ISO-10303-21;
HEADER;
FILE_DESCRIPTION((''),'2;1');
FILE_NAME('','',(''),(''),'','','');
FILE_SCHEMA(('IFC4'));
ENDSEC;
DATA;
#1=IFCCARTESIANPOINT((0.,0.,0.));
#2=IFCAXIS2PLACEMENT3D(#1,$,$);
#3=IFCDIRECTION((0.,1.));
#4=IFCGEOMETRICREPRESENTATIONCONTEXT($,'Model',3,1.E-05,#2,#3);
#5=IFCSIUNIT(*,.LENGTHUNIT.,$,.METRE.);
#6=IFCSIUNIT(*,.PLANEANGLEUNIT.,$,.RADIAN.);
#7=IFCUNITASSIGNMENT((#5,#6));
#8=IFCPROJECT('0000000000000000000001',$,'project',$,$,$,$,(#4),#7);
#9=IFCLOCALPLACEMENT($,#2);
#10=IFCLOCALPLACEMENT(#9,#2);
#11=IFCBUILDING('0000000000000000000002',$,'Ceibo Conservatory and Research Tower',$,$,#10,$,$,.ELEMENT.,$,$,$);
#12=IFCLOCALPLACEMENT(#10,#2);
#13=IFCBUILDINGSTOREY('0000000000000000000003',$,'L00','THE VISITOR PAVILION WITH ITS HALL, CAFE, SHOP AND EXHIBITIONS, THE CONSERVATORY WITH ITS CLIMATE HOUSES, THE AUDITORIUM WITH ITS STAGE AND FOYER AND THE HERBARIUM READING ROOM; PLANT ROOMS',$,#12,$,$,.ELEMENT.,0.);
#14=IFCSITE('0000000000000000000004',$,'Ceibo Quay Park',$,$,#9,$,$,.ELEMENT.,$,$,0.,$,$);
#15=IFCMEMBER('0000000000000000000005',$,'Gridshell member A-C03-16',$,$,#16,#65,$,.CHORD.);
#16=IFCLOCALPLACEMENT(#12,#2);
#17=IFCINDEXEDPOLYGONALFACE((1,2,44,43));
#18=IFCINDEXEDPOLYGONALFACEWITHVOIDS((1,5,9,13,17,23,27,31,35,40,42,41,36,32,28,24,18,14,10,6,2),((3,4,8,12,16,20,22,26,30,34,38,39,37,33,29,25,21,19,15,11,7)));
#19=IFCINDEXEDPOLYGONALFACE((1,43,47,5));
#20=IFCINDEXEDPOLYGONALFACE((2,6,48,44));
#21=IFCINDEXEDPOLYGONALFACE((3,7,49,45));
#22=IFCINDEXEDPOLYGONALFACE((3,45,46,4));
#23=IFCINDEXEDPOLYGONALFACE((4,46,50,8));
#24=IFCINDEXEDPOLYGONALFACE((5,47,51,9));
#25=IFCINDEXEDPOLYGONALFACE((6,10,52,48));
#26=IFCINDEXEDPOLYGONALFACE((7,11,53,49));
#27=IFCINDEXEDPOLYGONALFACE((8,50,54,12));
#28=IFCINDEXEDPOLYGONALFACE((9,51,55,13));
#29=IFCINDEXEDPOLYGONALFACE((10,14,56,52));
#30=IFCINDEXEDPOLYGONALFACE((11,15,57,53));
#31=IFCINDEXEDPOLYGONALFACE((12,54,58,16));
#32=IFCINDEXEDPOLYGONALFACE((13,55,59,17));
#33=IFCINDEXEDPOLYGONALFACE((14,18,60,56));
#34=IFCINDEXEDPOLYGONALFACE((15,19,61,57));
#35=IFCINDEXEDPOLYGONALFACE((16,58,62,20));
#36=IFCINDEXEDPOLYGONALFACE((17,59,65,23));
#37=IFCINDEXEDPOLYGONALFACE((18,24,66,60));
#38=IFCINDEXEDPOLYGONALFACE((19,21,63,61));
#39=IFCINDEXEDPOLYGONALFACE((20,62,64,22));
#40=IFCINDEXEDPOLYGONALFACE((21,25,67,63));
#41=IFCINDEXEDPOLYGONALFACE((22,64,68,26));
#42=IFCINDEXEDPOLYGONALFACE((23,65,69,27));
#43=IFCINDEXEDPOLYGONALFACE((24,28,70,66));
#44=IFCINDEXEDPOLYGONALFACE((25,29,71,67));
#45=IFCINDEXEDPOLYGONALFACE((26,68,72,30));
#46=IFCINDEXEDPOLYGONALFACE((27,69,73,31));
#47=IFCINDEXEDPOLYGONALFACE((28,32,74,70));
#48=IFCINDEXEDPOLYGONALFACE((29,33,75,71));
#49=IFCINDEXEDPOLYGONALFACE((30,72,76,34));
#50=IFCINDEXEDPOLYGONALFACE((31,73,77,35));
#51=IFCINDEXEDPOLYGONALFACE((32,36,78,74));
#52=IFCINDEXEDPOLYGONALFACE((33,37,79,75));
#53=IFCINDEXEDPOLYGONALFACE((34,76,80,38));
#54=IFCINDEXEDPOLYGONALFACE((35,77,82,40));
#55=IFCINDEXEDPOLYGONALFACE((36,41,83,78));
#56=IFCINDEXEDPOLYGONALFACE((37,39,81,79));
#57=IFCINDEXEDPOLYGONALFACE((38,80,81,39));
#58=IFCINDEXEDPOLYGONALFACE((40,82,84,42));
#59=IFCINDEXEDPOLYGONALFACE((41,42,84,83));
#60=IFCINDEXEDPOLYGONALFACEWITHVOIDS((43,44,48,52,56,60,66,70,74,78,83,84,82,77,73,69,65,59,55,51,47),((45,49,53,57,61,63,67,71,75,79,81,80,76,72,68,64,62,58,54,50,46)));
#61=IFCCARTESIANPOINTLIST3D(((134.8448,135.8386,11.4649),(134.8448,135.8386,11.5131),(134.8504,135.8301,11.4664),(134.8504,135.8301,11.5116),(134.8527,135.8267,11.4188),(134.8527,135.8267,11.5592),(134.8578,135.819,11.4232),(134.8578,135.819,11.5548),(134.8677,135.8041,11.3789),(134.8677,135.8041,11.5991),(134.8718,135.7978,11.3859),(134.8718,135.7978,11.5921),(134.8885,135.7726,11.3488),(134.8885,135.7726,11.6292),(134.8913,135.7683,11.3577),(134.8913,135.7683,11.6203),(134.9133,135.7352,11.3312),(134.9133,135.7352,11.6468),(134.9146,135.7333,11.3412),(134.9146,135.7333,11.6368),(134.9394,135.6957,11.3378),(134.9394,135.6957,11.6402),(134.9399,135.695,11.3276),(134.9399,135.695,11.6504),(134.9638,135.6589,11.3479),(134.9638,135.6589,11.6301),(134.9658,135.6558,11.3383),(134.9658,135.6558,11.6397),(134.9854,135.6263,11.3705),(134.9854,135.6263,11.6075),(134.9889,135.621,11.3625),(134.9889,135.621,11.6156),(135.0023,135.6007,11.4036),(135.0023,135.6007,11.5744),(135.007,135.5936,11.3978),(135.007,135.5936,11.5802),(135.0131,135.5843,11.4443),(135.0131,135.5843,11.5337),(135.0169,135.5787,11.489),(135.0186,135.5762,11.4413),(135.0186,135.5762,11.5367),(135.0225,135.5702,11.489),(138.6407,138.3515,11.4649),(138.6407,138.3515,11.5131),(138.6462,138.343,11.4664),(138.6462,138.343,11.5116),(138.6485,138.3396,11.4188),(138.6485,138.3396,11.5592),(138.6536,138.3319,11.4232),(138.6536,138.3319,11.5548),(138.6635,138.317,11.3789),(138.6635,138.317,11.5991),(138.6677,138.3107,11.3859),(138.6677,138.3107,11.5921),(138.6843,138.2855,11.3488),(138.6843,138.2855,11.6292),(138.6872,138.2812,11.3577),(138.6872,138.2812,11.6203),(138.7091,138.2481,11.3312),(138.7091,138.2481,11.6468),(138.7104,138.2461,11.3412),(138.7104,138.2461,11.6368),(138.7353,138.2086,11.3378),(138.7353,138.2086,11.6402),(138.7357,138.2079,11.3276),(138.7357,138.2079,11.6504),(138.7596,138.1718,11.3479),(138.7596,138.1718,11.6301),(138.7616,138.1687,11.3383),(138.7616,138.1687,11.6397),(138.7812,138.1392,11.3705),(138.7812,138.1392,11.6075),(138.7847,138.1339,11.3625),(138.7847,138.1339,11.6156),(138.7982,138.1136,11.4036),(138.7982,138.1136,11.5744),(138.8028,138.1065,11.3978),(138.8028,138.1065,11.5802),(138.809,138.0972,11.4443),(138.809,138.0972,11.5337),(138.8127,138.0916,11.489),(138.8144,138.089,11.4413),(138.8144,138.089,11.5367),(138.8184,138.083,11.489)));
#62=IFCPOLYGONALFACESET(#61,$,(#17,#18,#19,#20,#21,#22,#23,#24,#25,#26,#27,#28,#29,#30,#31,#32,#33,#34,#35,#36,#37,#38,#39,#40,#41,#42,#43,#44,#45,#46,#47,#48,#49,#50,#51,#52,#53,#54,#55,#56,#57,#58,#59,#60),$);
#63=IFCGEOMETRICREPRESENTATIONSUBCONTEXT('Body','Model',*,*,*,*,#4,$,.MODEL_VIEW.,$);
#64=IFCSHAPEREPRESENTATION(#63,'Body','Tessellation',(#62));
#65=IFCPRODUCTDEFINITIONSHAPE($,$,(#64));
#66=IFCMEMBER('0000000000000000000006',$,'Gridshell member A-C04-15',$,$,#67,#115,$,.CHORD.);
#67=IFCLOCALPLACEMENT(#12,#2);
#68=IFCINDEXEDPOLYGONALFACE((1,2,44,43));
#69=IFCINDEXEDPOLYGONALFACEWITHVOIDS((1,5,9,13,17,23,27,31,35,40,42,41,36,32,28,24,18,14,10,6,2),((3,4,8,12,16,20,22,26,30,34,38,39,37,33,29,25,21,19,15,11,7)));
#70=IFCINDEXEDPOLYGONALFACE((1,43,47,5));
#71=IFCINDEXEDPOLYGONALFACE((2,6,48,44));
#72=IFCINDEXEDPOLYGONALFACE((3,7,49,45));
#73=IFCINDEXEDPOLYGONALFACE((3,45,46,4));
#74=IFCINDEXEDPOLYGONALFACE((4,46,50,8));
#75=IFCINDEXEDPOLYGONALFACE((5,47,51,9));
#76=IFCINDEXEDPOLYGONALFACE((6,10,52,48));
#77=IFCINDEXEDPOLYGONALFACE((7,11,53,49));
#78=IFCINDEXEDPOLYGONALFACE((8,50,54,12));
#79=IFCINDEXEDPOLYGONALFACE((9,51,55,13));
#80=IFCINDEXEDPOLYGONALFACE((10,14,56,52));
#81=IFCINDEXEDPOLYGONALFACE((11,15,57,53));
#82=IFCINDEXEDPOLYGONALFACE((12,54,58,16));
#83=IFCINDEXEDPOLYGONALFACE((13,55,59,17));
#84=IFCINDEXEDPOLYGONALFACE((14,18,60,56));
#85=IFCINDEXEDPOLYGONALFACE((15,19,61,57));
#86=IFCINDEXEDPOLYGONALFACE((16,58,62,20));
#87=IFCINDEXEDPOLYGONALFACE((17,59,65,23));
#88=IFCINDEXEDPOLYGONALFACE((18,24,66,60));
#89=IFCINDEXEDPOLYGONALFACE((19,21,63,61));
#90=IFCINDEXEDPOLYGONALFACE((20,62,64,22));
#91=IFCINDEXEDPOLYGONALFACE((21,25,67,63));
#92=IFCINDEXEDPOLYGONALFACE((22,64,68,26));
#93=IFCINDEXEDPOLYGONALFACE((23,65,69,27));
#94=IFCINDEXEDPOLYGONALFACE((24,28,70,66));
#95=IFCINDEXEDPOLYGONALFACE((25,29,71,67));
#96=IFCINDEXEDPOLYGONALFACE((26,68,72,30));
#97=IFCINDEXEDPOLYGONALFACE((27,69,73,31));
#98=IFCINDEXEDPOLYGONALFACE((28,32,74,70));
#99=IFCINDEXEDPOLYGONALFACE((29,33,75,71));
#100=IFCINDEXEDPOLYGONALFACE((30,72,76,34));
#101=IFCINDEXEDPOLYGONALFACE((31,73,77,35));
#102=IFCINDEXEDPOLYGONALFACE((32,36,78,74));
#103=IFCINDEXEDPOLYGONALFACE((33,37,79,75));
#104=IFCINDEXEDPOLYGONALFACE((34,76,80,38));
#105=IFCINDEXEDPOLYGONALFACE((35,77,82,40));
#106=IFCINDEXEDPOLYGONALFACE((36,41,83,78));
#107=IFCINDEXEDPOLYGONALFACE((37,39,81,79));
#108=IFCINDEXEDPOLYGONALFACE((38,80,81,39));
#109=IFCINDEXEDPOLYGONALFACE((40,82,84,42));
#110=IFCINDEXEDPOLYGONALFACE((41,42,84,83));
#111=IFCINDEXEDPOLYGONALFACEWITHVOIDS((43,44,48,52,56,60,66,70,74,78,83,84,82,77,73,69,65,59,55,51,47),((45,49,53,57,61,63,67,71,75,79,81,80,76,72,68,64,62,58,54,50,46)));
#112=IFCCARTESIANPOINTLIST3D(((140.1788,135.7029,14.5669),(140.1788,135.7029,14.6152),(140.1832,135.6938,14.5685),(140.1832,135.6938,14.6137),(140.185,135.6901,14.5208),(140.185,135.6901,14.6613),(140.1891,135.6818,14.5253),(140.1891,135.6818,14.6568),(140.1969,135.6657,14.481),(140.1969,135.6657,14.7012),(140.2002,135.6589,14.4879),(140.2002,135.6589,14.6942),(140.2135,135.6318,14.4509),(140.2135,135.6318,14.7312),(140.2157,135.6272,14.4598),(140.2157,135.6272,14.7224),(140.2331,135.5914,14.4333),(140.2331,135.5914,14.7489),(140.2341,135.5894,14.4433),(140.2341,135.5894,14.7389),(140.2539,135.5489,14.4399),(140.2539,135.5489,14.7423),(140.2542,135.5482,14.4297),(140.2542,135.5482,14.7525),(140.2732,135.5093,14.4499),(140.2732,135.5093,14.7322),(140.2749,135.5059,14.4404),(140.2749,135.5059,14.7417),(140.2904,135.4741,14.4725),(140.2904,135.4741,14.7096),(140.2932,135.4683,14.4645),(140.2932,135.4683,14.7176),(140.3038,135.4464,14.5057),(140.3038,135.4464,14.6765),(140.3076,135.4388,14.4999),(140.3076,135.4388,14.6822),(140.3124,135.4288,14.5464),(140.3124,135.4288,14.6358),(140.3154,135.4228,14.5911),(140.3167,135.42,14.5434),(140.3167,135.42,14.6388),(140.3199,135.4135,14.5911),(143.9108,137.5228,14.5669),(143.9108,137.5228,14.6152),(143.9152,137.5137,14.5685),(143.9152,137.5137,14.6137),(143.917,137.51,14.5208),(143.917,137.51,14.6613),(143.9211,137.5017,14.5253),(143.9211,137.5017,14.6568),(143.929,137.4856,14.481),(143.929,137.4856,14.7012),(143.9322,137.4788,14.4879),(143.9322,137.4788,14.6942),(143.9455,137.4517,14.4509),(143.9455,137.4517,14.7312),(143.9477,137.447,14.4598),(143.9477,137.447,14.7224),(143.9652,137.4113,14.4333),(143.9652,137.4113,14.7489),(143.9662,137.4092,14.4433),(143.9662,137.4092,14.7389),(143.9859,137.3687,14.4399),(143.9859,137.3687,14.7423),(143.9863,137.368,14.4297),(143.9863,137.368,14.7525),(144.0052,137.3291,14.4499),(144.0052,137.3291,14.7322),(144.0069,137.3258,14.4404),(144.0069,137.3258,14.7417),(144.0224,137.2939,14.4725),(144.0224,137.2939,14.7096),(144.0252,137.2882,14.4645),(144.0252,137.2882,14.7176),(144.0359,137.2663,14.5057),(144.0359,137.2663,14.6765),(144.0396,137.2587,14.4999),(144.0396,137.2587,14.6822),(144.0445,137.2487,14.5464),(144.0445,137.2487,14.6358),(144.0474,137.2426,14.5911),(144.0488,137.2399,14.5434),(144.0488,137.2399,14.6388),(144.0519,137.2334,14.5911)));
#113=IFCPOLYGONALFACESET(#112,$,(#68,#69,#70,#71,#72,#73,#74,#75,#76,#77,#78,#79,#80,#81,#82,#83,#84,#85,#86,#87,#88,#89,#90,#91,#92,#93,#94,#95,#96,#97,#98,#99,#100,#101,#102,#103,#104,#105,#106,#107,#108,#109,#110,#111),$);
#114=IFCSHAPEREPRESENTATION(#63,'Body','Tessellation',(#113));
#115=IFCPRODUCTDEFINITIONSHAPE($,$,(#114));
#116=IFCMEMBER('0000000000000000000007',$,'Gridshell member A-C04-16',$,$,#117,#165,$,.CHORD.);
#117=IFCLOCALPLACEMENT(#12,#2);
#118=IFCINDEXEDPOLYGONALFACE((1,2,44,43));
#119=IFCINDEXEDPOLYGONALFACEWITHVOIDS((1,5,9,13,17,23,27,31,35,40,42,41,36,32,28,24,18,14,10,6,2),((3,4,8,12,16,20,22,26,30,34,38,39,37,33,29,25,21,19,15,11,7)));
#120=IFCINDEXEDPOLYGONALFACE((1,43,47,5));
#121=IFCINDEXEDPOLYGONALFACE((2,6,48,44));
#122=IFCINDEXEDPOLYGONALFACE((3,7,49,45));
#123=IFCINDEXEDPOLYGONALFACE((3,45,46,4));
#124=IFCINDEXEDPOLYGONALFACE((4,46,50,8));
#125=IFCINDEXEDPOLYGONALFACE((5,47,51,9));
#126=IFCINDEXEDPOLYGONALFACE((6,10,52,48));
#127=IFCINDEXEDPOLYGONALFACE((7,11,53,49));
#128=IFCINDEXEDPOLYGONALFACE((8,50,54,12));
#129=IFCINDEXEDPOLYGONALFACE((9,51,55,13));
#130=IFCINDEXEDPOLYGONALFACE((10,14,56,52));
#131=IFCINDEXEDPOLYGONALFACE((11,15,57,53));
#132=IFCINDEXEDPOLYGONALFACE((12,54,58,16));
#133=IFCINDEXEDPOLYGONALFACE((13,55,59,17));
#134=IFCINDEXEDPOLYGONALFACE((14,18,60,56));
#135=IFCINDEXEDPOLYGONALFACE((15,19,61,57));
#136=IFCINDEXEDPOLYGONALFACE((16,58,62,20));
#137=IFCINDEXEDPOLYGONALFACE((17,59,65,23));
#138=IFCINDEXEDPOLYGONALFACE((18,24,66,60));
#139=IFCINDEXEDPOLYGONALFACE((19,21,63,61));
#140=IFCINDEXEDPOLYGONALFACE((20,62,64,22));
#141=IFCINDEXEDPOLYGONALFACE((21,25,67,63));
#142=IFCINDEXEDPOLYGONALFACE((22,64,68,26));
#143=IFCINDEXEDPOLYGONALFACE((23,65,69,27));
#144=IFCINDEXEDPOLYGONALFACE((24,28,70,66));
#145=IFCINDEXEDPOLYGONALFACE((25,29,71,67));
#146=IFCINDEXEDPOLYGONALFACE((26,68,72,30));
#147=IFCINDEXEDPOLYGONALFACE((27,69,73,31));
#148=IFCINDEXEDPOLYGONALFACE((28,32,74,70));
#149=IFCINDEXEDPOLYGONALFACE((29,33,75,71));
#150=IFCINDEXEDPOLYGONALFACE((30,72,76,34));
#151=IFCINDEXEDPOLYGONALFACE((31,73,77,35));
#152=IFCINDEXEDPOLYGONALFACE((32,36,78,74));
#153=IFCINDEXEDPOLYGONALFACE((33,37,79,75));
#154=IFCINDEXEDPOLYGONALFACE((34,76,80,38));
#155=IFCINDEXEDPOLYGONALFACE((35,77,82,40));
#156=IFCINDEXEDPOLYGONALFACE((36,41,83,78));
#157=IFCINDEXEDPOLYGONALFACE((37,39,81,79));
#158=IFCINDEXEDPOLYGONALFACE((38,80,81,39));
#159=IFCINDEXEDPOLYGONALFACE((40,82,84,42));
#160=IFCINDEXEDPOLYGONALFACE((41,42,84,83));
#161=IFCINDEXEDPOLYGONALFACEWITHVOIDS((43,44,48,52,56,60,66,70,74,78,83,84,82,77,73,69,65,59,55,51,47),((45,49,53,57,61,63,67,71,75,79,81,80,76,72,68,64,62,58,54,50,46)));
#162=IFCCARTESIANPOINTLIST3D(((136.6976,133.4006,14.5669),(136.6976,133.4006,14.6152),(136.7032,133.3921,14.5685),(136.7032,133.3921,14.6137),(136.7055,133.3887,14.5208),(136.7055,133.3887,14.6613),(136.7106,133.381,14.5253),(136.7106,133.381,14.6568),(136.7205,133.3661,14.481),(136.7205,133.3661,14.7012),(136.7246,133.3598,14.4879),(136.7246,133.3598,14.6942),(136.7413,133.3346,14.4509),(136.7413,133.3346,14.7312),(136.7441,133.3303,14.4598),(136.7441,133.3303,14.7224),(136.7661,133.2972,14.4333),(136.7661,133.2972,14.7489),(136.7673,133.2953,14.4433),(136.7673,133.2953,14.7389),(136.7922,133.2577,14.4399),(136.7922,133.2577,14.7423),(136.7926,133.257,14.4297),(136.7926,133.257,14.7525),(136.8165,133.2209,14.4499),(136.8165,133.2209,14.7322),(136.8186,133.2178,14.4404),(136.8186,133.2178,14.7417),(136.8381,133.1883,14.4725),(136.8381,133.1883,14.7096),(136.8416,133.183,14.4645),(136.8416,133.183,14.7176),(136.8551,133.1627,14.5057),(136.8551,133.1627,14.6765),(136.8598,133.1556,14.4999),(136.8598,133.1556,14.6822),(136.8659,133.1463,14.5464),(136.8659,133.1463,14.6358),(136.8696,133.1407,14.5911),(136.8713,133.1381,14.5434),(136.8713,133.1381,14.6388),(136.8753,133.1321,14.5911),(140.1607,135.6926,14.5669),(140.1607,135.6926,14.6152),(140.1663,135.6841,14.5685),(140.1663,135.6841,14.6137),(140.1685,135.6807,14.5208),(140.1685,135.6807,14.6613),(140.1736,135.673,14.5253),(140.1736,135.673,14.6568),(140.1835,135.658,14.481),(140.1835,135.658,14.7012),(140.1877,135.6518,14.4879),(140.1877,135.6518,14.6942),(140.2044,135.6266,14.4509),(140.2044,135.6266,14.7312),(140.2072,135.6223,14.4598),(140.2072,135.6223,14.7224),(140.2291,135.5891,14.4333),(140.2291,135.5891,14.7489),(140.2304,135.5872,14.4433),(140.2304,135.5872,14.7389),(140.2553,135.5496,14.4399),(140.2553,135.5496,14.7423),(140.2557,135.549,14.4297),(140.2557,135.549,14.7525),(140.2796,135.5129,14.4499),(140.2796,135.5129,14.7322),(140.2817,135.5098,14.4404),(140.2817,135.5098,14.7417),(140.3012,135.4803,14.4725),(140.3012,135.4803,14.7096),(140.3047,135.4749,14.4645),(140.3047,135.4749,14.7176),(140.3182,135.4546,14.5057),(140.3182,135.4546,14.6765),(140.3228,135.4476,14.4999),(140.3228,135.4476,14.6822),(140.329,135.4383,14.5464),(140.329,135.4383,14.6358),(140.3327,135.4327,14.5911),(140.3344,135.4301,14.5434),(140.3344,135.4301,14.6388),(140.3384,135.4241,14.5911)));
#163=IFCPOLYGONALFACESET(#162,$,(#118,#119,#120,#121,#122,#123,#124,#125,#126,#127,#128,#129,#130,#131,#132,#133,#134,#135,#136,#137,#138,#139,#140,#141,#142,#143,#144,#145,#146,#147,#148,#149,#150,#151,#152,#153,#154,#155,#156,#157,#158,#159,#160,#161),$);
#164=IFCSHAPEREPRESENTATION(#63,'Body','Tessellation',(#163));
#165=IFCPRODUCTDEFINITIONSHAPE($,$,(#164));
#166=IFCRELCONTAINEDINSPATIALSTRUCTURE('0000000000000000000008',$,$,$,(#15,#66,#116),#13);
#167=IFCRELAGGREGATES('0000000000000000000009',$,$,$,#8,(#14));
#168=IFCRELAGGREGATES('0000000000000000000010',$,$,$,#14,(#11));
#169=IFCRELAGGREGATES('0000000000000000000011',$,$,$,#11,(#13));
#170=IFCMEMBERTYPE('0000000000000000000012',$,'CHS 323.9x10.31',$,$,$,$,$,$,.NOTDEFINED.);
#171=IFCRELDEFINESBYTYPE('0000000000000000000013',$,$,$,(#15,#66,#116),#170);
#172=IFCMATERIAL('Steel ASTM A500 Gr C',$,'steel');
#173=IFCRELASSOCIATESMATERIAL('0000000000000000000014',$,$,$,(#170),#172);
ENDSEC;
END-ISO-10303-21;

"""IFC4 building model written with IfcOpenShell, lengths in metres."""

from ifc_helpers import new_model, si_unit, direction, frame, origin, origin_2d, place, context, subcontext, project, spatial, hollow_circle, extrude, material, material_profile, profile_set, type_object, element, save


model = new_model("IFC4")

# Units and contexts
model_context = context("Model", 3, precision=1e-05, world=origin(), true_north=direction((0.0, 1.0)))
body_context = subcontext(model_context, "Body", "Model", "MODEL_VIEW")
ifc_project = project(units=[si_unit("LENGTHUNIT", "METRE"), si_unit("PLANEANGLEUNIT", "RADIAN")], contexts=[model_context])

# Site, building, storey
site_placement = place(None, origin())
site = spatial("IfcSite", under=ifc_project, at=site_placement, Name="Ceibo Quay Park", CompositionType="ELEMENT", RefElevation=0.0)
building_placement = place(site_placement, origin())
building = spatial("IfcBuilding", under=site, at=building_placement, Name="Ceibo Conservatory and Research Tower", CompositionType="ELEMENT")
storey_placement = place(building_placement, origin())
storey = spatial("IfcBuildingStorey", under=building, at=storey_placement, Name="L00", Description="THE VISITOR PAVILION WITH ITS HALL, CAFE, SHOP AND EXHIBITIONS, THE CONSERVATORY WITH ITS CLIMATE HOUSES, THE AUDITORIUM WITH ITS STAGE AND FOYER AND THE HERBARIUM READING ROOM; PLANT ROOMS", CompositionType="ELEMENT", Elevation=0.0)

# Members
ifc_material_1 = material(Name="Steel ASTM A500 Gr C", Category="steel")
ifc_material_profile_1 = material_profile(ifc_material_1, hollow_circle(Radius=0.1619, WallThickness=0.0103, at=origin_2d()), Name="CHS 323.9x10.31")
ifc_profile_set_1 = profile_set([ifc_material_profile_1], Name="Steel ASTM A500 Gr C")
member_type_1 = type_object("IfcMemberType", Name="CHS 323.9x10.31", PredefinedType="NOTDEFINED", material=ifc_profile_set_1)
member_1_placement = place(storey_placement, frame((138.729, 138.218, 11.489), z_axis=(-0.833836, -0.552012, 0.0), x_axis=(0.552012, -0.833836, 0.0)))
element("IfcMember", 1, at=member_1_placement, inside=storey, type_object=member_type_1, Name="Gridshell member A-C03-16", PredefinedType="CHORD", context=body_context, shape_type="SweptSolid", body=[
    extrude(hollow_circle(Radius=0.1619, WallThickness=0.0103, at=origin_2d()), origin(), (0.0, 0.0, 1.0), 4.5522),
])
member_2_placement = place(storey_placement, frame((143.981, 137.3789, 14.5911), z_axis=(-0.898828, -0.438301, 0.0), x_axis=(0.438301, -0.898828, 0.0)))
element("IfcMember", 2, at=member_2_placement, inside=storey, type_object=member_type_1, Name="Gridshell member A-C04-15", PredefinedType="CHORD", context=body_context, shape_type="SweptSolid", body=[
    extrude(hollow_circle(Radius=0.1619, WallThickness=0.0103, at=origin_2d()), origin(), (0.0, 0.0, 1.0), 4.1521),
])
member_3_placement = place(storey_placement, frame((140.249, 135.5591, 14.5911), z_axis=(-0.833909, -0.551902, 0.0), x_axis=(0.551902, -0.833909, 0.0)))
element("IfcMember", 3, at=member_3_placement, inside=storey, type_object=member_type_1, Name="Gridshell member A-C04-16", PredefinedType="CHORD", context=body_context, shape_type="SweptSolid", body=[
    extrude(hollow_circle(Radius=0.1619, WallThickness=0.0103, at=origin_2d()), origin(), (0.0, 0.0, 1.0), 4.1528),
])

save(model, "model.ifc")
